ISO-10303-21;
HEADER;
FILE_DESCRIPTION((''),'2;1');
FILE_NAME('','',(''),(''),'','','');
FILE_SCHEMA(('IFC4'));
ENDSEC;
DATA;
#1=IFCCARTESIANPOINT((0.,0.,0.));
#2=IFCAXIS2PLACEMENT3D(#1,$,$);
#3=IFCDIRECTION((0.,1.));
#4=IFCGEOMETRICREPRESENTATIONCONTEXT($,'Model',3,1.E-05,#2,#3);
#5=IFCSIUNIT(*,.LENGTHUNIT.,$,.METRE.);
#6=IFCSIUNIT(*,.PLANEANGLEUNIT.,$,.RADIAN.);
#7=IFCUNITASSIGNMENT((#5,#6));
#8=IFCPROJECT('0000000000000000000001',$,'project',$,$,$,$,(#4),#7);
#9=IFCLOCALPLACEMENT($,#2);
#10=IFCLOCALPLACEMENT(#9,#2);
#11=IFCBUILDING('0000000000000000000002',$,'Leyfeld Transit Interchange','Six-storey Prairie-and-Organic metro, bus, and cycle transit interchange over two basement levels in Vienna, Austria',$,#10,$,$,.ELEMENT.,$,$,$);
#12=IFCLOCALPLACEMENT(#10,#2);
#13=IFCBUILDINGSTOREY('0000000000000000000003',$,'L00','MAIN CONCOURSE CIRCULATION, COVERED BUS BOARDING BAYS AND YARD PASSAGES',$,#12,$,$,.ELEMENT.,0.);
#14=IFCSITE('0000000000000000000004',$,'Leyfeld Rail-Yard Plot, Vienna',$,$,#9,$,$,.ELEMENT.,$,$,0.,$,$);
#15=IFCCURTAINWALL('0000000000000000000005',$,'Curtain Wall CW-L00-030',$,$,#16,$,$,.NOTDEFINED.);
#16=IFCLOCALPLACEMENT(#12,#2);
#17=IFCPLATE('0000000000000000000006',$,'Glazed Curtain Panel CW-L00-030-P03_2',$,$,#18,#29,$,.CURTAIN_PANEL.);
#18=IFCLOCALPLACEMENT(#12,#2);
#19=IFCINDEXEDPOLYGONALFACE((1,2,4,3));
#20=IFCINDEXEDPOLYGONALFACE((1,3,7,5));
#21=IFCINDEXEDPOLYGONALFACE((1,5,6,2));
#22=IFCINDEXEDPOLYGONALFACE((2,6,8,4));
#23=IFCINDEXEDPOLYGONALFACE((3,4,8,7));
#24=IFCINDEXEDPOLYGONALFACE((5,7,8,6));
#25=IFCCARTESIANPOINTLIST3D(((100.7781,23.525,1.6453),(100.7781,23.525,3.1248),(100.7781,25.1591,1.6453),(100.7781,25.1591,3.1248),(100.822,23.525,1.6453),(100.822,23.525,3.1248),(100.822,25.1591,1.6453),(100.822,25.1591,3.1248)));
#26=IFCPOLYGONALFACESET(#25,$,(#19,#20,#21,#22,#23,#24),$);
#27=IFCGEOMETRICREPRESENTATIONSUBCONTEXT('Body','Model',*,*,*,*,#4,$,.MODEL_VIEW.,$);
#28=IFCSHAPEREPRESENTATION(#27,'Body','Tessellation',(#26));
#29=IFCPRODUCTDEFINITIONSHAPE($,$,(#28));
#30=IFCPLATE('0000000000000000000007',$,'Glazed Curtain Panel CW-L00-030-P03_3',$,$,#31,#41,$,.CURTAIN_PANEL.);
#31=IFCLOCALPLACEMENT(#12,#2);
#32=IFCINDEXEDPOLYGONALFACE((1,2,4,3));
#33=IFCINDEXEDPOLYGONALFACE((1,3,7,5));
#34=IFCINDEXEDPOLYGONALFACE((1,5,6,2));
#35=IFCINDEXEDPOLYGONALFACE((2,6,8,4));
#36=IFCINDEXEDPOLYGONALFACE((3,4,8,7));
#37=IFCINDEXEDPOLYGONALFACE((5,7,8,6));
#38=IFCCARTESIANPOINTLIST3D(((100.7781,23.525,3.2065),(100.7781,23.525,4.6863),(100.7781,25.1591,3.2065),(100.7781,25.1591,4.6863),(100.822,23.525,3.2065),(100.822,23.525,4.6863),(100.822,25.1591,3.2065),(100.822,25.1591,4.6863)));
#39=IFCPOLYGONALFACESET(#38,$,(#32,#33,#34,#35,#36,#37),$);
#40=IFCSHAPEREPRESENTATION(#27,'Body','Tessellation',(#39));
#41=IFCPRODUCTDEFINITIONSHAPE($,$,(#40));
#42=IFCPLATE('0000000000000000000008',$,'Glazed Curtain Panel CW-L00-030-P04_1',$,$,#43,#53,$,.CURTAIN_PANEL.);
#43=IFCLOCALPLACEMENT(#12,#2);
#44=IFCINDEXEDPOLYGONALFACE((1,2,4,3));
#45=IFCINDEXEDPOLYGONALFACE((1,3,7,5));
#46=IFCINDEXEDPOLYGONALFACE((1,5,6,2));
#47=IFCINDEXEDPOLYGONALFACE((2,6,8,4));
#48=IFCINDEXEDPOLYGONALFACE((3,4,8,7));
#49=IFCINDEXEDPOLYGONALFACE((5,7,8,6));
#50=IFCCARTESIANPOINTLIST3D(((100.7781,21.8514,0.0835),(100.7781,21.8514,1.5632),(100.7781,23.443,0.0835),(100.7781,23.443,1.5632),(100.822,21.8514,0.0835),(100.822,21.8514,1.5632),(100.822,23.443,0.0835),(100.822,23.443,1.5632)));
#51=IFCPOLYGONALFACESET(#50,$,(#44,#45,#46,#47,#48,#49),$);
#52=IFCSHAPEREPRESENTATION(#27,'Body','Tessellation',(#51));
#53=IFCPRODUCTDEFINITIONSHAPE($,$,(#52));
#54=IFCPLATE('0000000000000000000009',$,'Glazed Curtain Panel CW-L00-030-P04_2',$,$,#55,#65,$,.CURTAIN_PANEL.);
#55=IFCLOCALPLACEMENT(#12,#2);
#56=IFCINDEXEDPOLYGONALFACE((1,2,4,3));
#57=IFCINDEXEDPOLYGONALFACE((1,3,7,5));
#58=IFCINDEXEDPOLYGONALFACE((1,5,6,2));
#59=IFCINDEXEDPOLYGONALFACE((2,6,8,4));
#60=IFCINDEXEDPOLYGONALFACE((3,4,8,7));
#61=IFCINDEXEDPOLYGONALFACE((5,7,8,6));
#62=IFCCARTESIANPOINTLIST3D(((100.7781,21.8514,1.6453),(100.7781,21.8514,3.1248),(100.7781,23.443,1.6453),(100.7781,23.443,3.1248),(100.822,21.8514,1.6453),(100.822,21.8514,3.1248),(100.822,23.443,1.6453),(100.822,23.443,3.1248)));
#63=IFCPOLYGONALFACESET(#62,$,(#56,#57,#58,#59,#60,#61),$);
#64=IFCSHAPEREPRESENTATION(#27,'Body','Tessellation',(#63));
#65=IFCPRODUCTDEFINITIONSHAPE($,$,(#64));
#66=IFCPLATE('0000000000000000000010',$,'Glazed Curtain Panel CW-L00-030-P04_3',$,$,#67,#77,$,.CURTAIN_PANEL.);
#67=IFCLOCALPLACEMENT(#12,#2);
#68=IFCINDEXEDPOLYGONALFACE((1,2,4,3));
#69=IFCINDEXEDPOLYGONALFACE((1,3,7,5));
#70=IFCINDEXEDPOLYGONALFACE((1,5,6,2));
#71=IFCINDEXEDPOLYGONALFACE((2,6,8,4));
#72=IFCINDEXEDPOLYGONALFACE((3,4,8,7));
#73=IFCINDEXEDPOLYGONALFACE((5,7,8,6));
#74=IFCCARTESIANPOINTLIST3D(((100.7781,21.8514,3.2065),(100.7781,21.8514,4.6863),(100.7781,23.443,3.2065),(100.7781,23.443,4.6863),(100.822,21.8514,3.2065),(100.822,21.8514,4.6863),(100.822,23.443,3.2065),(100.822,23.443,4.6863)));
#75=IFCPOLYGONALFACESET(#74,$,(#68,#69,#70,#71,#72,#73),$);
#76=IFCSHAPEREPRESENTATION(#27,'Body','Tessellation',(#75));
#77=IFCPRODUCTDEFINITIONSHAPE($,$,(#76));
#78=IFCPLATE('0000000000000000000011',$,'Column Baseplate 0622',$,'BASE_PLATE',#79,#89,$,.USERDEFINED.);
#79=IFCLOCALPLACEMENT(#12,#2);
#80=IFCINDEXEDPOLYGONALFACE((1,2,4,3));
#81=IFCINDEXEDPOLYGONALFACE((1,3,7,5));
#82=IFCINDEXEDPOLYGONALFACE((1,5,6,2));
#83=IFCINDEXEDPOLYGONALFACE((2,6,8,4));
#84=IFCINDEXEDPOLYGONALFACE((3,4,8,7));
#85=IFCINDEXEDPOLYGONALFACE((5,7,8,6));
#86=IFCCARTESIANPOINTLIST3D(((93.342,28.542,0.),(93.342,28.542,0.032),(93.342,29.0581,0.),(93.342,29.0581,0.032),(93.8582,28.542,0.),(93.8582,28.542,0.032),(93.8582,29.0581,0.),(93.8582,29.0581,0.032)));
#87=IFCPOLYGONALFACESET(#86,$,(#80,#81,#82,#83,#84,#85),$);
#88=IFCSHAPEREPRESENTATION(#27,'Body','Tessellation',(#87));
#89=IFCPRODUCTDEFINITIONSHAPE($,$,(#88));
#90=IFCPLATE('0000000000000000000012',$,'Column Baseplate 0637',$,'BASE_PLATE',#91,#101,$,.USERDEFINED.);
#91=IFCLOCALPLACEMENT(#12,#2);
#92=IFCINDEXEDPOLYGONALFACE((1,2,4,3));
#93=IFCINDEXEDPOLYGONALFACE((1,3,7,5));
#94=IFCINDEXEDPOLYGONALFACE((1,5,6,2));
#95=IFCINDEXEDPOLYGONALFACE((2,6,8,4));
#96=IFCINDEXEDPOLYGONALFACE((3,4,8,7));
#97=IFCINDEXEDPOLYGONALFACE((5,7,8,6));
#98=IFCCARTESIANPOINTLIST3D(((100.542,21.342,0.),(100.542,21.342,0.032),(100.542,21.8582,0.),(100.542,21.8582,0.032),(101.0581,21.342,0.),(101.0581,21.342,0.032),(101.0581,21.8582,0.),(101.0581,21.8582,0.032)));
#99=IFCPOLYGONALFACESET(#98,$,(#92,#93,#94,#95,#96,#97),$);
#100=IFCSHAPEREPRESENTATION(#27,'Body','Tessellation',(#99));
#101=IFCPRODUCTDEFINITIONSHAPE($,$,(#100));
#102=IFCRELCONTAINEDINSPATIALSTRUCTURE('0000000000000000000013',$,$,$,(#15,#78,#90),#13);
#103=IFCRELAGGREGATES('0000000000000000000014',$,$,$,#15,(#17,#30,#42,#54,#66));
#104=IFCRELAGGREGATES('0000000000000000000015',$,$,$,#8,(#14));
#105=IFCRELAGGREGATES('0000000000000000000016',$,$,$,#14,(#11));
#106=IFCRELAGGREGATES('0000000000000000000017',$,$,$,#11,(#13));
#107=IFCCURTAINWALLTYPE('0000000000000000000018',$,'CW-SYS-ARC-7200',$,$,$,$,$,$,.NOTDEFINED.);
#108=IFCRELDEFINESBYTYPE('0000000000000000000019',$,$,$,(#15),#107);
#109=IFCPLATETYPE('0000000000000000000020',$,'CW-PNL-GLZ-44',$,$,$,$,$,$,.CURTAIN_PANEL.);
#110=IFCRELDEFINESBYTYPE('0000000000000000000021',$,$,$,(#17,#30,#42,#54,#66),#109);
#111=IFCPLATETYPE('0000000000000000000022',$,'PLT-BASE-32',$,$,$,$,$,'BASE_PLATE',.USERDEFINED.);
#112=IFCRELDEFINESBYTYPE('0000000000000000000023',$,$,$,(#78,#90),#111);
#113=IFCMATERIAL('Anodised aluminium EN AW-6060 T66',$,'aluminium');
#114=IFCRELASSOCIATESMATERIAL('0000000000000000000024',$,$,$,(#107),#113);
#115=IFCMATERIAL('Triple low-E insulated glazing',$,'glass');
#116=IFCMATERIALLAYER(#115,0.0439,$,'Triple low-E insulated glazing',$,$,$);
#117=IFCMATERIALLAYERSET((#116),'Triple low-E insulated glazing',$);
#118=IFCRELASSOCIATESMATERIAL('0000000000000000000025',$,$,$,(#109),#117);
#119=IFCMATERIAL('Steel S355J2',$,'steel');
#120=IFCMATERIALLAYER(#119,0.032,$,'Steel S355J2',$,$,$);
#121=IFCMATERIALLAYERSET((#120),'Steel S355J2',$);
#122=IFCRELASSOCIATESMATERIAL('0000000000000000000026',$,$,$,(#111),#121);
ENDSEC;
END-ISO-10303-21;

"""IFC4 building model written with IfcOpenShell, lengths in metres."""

from ifc_helpers import new_model, si_unit, direction, frame, origin, origin_2d, place, context, subcontext, project, spatial, rectangle, extrude, material, layer, layer_set, type_object, element, aggregate, save


model = new_model("IFC4")

# Units and contexts
model_context = context("Model", 3, precision=1e-05, world=origin(), true_north=direction((0.0, 1.0)))
body_context = subcontext(model_context, "Body", "Model", "MODEL_VIEW")
ifc_project = project(units=[si_unit("LENGTHUNIT", "METRE"), si_unit("PLANEANGLEUNIT", "RADIAN")], contexts=[model_context])

# Site, building, storey
site_placement = place(None, origin())
site = spatial("IfcSite", under=ifc_project, at=site_placement, Name="Leyfeld Rail-Yard Plot, Vienna", CompositionType="ELEMENT", RefElevation=0.0)
building_placement = place(site_placement, origin())
building = spatial("IfcBuilding", under=site, at=building_placement, Name="Leyfeld Transit Interchange", Description="Six-storey Prairie-and-Organic metro, bus, and cycle transit interchange over two basement levels in Vienna, Austria", CompositionType="ELEMENT")
storey_placement = place(building_placement, origin())
storey = spatial("IfcBuildingStorey", under=building, at=storey_placement, Name="L00", Description="MAIN CONCOURSE CIRCULATION, COVERED BUS BOARDING BAYS AND YARD PASSAGES", CompositionType="ELEMENT", Elevation=0.0)

# Shared definitions
ifc_material_1 = material(Name="Steel S355J2", Category="steel")

# Curtain wall, plates
ifc_material_2 = material(Name="Anodised aluminium EN AW-6060 T66", Category="aluminium")
curtain_wall_type = type_object("IfcCurtainWallType", Name="CW-SYS-ARC-7200", PredefinedType="NOTDEFINED", material=ifc_material_2)
curtain_wall_placement = place(storey_placement, origin())
curtain_wall = element("IfcCurtainWall", 1, at=curtain_wall_placement, inside=storey, type_object=curtain_wall_type, Name="Curtain Wall CW-L00-030", PredefinedType="NOTDEFINED")
ifc_material_3 = material(Name="Triple low-E insulated glazing", Category="glass")
ifc_layer_1 = layer(ifc_material_3, 0.0439, Name="Triple low-E insulated glazing")
ifc_layer_set_1 = layer_set([ifc_layer_1], Name="Triple low-E insulated glazing")
plate_type_1 = type_object("IfcPlateType", Name="CW-PNL-GLZ-44", PredefinedType="CURTAIN_PANEL", material=ifc_layer_set_1)
plate_1_placement = place(storey_placement, frame((100.8, 24.342, 1.6453), z_axis=(0.0, 0.0, 1.0), x_axis=(0.0, -1.0, 0.0)))
plate_1 = element("IfcPlate", 2, at=plate_1_placement, type_object=plate_type_1, Name="Glazed Curtain Panel CW-L00-030-P03_2", PredefinedType="CURTAIN_PANEL", context=body_context, shape_type="SweptSolid", body=[
    extrude(rectangle(XDim=1.634, YDim=0.0439, at=origin_2d()), origin(), (0.0, 0.0, 1.0), 1.4795),
])
plate_2_placement = place(storey_placement, frame((100.8, 24.342, 3.2065), z_axis=(0.0, 0.0, 1.0), x_axis=(0.0, -1.0, 0.0)))
plate_2 = element("IfcPlate", 3, at=plate_2_placement, type_object=plate_type_1, Name="Glazed Curtain Panel CW-L00-030-P03_3", PredefinedType="CURTAIN_PANEL", context=body_context, shape_type="SweptSolid", body=[
    extrude(rectangle(XDim=1.634, YDim=0.0439, at=origin_2d()), origin(), (0.0, 0.0, 1.0), 1.4797),
])
plate_3_placement = place(storey_placement, frame((100.8, 22.6472, 0.0835), z_axis=(0.0, 0.0, 1.0), x_axis=(0.0, -1.0, 0.0)))
plate_3 = element("IfcPlate", 4, at=plate_3_placement, type_object=plate_type_1, Name="Glazed Curtain Panel CW-L00-030-P04_1", PredefinedType="CURTAIN_PANEL", context=body_context, shape_type="SweptSolid", body=[
    extrude(rectangle(XDim=1.5916, YDim=0.0439, at=origin_2d()), origin(), (0.0, 0.0, 1.0), 1.4797),
])
plate_4_placement = place(storey_placement, frame((100.8, 22.6472, 1.6453), z_axis=(0.0, 0.0, 1.0), x_axis=(0.0, -1.0, 0.0)))
plate_4 = element("IfcPlate", 5, at=plate_4_placement, type_object=plate_type_1, Name="Glazed Curtain Panel CW-L00-030-P04_2", PredefinedType="CURTAIN_PANEL", context=body_context, shape_type="SweptSolid", body=[
    extrude(rectangle(XDim=1.5916, YDim=0.0439, at=origin_2d()), origin(), (0.0, 0.0, 1.0), 1.4795),
])
plate_5_placement = place(storey_placement, frame((100.8, 22.6472, 3.2065), z_axis=(0.0, 0.0, 1.0), x_axis=(0.0, -1.0, 0.0)))
plate_5 = element("IfcPlate", 6, at=plate_5_placement, type_object=plate_type_1, Name="Glazed Curtain Panel CW-L00-030-P04_3", PredefinedType="CURTAIN_PANEL", context=body_context, shape_type="SweptSolid", body=[
    extrude(rectangle(XDim=1.5916, YDim=0.0439, at=origin_2d()), origin(), (0.0, 0.0, 1.0), 1.4797),
])
aggregate(curtain_wall, [plate_1, plate_2, plate_3, plate_4, plate_5])

# Plates
ifc_layer_2 = layer(ifc_material_1, 0.032, Name="Steel S355J2")
ifc_layer_set_2 = layer_set([ifc_layer_2], Name="Steel S355J2")
plate_type_2 = type_object("IfcPlateType", Name="PLT-BASE-32", ElementType="BASE_PLATE", PredefinedType="USERDEFINED", material=ifc_layer_set_2)
for number, where, z_axis, x_axis, name in (
    (7, (93.6001, 28.8, 0.0), (0.0, 0.0, 1.0), (1.0, 0.0, 0.0), "Column Baseplate 0622"),
    (8, (100.8, 21.6001, 0.0), (0.0, 0.0, 1.0), (1.0, 0.0, 0.0), "Column Baseplate 0637"),
):
    element("IfcPlate", number, at=place(storey_placement, frame(where, z_axis=z_axis, x_axis=x_axis)), inside=storey, type_object=plate_type_2, Name=name, ObjectType="BASE_PLATE", PredefinedType="USERDEFINED", context=body_context, shape_type="SweptSolid", body=[
        extrude(rectangle(XDim=0.5161, YDim=0.5161, at=origin_2d()), origin(), (0.0, 0.0, 1.0), 0.032),
    ])

save(model, "model.ifc")
